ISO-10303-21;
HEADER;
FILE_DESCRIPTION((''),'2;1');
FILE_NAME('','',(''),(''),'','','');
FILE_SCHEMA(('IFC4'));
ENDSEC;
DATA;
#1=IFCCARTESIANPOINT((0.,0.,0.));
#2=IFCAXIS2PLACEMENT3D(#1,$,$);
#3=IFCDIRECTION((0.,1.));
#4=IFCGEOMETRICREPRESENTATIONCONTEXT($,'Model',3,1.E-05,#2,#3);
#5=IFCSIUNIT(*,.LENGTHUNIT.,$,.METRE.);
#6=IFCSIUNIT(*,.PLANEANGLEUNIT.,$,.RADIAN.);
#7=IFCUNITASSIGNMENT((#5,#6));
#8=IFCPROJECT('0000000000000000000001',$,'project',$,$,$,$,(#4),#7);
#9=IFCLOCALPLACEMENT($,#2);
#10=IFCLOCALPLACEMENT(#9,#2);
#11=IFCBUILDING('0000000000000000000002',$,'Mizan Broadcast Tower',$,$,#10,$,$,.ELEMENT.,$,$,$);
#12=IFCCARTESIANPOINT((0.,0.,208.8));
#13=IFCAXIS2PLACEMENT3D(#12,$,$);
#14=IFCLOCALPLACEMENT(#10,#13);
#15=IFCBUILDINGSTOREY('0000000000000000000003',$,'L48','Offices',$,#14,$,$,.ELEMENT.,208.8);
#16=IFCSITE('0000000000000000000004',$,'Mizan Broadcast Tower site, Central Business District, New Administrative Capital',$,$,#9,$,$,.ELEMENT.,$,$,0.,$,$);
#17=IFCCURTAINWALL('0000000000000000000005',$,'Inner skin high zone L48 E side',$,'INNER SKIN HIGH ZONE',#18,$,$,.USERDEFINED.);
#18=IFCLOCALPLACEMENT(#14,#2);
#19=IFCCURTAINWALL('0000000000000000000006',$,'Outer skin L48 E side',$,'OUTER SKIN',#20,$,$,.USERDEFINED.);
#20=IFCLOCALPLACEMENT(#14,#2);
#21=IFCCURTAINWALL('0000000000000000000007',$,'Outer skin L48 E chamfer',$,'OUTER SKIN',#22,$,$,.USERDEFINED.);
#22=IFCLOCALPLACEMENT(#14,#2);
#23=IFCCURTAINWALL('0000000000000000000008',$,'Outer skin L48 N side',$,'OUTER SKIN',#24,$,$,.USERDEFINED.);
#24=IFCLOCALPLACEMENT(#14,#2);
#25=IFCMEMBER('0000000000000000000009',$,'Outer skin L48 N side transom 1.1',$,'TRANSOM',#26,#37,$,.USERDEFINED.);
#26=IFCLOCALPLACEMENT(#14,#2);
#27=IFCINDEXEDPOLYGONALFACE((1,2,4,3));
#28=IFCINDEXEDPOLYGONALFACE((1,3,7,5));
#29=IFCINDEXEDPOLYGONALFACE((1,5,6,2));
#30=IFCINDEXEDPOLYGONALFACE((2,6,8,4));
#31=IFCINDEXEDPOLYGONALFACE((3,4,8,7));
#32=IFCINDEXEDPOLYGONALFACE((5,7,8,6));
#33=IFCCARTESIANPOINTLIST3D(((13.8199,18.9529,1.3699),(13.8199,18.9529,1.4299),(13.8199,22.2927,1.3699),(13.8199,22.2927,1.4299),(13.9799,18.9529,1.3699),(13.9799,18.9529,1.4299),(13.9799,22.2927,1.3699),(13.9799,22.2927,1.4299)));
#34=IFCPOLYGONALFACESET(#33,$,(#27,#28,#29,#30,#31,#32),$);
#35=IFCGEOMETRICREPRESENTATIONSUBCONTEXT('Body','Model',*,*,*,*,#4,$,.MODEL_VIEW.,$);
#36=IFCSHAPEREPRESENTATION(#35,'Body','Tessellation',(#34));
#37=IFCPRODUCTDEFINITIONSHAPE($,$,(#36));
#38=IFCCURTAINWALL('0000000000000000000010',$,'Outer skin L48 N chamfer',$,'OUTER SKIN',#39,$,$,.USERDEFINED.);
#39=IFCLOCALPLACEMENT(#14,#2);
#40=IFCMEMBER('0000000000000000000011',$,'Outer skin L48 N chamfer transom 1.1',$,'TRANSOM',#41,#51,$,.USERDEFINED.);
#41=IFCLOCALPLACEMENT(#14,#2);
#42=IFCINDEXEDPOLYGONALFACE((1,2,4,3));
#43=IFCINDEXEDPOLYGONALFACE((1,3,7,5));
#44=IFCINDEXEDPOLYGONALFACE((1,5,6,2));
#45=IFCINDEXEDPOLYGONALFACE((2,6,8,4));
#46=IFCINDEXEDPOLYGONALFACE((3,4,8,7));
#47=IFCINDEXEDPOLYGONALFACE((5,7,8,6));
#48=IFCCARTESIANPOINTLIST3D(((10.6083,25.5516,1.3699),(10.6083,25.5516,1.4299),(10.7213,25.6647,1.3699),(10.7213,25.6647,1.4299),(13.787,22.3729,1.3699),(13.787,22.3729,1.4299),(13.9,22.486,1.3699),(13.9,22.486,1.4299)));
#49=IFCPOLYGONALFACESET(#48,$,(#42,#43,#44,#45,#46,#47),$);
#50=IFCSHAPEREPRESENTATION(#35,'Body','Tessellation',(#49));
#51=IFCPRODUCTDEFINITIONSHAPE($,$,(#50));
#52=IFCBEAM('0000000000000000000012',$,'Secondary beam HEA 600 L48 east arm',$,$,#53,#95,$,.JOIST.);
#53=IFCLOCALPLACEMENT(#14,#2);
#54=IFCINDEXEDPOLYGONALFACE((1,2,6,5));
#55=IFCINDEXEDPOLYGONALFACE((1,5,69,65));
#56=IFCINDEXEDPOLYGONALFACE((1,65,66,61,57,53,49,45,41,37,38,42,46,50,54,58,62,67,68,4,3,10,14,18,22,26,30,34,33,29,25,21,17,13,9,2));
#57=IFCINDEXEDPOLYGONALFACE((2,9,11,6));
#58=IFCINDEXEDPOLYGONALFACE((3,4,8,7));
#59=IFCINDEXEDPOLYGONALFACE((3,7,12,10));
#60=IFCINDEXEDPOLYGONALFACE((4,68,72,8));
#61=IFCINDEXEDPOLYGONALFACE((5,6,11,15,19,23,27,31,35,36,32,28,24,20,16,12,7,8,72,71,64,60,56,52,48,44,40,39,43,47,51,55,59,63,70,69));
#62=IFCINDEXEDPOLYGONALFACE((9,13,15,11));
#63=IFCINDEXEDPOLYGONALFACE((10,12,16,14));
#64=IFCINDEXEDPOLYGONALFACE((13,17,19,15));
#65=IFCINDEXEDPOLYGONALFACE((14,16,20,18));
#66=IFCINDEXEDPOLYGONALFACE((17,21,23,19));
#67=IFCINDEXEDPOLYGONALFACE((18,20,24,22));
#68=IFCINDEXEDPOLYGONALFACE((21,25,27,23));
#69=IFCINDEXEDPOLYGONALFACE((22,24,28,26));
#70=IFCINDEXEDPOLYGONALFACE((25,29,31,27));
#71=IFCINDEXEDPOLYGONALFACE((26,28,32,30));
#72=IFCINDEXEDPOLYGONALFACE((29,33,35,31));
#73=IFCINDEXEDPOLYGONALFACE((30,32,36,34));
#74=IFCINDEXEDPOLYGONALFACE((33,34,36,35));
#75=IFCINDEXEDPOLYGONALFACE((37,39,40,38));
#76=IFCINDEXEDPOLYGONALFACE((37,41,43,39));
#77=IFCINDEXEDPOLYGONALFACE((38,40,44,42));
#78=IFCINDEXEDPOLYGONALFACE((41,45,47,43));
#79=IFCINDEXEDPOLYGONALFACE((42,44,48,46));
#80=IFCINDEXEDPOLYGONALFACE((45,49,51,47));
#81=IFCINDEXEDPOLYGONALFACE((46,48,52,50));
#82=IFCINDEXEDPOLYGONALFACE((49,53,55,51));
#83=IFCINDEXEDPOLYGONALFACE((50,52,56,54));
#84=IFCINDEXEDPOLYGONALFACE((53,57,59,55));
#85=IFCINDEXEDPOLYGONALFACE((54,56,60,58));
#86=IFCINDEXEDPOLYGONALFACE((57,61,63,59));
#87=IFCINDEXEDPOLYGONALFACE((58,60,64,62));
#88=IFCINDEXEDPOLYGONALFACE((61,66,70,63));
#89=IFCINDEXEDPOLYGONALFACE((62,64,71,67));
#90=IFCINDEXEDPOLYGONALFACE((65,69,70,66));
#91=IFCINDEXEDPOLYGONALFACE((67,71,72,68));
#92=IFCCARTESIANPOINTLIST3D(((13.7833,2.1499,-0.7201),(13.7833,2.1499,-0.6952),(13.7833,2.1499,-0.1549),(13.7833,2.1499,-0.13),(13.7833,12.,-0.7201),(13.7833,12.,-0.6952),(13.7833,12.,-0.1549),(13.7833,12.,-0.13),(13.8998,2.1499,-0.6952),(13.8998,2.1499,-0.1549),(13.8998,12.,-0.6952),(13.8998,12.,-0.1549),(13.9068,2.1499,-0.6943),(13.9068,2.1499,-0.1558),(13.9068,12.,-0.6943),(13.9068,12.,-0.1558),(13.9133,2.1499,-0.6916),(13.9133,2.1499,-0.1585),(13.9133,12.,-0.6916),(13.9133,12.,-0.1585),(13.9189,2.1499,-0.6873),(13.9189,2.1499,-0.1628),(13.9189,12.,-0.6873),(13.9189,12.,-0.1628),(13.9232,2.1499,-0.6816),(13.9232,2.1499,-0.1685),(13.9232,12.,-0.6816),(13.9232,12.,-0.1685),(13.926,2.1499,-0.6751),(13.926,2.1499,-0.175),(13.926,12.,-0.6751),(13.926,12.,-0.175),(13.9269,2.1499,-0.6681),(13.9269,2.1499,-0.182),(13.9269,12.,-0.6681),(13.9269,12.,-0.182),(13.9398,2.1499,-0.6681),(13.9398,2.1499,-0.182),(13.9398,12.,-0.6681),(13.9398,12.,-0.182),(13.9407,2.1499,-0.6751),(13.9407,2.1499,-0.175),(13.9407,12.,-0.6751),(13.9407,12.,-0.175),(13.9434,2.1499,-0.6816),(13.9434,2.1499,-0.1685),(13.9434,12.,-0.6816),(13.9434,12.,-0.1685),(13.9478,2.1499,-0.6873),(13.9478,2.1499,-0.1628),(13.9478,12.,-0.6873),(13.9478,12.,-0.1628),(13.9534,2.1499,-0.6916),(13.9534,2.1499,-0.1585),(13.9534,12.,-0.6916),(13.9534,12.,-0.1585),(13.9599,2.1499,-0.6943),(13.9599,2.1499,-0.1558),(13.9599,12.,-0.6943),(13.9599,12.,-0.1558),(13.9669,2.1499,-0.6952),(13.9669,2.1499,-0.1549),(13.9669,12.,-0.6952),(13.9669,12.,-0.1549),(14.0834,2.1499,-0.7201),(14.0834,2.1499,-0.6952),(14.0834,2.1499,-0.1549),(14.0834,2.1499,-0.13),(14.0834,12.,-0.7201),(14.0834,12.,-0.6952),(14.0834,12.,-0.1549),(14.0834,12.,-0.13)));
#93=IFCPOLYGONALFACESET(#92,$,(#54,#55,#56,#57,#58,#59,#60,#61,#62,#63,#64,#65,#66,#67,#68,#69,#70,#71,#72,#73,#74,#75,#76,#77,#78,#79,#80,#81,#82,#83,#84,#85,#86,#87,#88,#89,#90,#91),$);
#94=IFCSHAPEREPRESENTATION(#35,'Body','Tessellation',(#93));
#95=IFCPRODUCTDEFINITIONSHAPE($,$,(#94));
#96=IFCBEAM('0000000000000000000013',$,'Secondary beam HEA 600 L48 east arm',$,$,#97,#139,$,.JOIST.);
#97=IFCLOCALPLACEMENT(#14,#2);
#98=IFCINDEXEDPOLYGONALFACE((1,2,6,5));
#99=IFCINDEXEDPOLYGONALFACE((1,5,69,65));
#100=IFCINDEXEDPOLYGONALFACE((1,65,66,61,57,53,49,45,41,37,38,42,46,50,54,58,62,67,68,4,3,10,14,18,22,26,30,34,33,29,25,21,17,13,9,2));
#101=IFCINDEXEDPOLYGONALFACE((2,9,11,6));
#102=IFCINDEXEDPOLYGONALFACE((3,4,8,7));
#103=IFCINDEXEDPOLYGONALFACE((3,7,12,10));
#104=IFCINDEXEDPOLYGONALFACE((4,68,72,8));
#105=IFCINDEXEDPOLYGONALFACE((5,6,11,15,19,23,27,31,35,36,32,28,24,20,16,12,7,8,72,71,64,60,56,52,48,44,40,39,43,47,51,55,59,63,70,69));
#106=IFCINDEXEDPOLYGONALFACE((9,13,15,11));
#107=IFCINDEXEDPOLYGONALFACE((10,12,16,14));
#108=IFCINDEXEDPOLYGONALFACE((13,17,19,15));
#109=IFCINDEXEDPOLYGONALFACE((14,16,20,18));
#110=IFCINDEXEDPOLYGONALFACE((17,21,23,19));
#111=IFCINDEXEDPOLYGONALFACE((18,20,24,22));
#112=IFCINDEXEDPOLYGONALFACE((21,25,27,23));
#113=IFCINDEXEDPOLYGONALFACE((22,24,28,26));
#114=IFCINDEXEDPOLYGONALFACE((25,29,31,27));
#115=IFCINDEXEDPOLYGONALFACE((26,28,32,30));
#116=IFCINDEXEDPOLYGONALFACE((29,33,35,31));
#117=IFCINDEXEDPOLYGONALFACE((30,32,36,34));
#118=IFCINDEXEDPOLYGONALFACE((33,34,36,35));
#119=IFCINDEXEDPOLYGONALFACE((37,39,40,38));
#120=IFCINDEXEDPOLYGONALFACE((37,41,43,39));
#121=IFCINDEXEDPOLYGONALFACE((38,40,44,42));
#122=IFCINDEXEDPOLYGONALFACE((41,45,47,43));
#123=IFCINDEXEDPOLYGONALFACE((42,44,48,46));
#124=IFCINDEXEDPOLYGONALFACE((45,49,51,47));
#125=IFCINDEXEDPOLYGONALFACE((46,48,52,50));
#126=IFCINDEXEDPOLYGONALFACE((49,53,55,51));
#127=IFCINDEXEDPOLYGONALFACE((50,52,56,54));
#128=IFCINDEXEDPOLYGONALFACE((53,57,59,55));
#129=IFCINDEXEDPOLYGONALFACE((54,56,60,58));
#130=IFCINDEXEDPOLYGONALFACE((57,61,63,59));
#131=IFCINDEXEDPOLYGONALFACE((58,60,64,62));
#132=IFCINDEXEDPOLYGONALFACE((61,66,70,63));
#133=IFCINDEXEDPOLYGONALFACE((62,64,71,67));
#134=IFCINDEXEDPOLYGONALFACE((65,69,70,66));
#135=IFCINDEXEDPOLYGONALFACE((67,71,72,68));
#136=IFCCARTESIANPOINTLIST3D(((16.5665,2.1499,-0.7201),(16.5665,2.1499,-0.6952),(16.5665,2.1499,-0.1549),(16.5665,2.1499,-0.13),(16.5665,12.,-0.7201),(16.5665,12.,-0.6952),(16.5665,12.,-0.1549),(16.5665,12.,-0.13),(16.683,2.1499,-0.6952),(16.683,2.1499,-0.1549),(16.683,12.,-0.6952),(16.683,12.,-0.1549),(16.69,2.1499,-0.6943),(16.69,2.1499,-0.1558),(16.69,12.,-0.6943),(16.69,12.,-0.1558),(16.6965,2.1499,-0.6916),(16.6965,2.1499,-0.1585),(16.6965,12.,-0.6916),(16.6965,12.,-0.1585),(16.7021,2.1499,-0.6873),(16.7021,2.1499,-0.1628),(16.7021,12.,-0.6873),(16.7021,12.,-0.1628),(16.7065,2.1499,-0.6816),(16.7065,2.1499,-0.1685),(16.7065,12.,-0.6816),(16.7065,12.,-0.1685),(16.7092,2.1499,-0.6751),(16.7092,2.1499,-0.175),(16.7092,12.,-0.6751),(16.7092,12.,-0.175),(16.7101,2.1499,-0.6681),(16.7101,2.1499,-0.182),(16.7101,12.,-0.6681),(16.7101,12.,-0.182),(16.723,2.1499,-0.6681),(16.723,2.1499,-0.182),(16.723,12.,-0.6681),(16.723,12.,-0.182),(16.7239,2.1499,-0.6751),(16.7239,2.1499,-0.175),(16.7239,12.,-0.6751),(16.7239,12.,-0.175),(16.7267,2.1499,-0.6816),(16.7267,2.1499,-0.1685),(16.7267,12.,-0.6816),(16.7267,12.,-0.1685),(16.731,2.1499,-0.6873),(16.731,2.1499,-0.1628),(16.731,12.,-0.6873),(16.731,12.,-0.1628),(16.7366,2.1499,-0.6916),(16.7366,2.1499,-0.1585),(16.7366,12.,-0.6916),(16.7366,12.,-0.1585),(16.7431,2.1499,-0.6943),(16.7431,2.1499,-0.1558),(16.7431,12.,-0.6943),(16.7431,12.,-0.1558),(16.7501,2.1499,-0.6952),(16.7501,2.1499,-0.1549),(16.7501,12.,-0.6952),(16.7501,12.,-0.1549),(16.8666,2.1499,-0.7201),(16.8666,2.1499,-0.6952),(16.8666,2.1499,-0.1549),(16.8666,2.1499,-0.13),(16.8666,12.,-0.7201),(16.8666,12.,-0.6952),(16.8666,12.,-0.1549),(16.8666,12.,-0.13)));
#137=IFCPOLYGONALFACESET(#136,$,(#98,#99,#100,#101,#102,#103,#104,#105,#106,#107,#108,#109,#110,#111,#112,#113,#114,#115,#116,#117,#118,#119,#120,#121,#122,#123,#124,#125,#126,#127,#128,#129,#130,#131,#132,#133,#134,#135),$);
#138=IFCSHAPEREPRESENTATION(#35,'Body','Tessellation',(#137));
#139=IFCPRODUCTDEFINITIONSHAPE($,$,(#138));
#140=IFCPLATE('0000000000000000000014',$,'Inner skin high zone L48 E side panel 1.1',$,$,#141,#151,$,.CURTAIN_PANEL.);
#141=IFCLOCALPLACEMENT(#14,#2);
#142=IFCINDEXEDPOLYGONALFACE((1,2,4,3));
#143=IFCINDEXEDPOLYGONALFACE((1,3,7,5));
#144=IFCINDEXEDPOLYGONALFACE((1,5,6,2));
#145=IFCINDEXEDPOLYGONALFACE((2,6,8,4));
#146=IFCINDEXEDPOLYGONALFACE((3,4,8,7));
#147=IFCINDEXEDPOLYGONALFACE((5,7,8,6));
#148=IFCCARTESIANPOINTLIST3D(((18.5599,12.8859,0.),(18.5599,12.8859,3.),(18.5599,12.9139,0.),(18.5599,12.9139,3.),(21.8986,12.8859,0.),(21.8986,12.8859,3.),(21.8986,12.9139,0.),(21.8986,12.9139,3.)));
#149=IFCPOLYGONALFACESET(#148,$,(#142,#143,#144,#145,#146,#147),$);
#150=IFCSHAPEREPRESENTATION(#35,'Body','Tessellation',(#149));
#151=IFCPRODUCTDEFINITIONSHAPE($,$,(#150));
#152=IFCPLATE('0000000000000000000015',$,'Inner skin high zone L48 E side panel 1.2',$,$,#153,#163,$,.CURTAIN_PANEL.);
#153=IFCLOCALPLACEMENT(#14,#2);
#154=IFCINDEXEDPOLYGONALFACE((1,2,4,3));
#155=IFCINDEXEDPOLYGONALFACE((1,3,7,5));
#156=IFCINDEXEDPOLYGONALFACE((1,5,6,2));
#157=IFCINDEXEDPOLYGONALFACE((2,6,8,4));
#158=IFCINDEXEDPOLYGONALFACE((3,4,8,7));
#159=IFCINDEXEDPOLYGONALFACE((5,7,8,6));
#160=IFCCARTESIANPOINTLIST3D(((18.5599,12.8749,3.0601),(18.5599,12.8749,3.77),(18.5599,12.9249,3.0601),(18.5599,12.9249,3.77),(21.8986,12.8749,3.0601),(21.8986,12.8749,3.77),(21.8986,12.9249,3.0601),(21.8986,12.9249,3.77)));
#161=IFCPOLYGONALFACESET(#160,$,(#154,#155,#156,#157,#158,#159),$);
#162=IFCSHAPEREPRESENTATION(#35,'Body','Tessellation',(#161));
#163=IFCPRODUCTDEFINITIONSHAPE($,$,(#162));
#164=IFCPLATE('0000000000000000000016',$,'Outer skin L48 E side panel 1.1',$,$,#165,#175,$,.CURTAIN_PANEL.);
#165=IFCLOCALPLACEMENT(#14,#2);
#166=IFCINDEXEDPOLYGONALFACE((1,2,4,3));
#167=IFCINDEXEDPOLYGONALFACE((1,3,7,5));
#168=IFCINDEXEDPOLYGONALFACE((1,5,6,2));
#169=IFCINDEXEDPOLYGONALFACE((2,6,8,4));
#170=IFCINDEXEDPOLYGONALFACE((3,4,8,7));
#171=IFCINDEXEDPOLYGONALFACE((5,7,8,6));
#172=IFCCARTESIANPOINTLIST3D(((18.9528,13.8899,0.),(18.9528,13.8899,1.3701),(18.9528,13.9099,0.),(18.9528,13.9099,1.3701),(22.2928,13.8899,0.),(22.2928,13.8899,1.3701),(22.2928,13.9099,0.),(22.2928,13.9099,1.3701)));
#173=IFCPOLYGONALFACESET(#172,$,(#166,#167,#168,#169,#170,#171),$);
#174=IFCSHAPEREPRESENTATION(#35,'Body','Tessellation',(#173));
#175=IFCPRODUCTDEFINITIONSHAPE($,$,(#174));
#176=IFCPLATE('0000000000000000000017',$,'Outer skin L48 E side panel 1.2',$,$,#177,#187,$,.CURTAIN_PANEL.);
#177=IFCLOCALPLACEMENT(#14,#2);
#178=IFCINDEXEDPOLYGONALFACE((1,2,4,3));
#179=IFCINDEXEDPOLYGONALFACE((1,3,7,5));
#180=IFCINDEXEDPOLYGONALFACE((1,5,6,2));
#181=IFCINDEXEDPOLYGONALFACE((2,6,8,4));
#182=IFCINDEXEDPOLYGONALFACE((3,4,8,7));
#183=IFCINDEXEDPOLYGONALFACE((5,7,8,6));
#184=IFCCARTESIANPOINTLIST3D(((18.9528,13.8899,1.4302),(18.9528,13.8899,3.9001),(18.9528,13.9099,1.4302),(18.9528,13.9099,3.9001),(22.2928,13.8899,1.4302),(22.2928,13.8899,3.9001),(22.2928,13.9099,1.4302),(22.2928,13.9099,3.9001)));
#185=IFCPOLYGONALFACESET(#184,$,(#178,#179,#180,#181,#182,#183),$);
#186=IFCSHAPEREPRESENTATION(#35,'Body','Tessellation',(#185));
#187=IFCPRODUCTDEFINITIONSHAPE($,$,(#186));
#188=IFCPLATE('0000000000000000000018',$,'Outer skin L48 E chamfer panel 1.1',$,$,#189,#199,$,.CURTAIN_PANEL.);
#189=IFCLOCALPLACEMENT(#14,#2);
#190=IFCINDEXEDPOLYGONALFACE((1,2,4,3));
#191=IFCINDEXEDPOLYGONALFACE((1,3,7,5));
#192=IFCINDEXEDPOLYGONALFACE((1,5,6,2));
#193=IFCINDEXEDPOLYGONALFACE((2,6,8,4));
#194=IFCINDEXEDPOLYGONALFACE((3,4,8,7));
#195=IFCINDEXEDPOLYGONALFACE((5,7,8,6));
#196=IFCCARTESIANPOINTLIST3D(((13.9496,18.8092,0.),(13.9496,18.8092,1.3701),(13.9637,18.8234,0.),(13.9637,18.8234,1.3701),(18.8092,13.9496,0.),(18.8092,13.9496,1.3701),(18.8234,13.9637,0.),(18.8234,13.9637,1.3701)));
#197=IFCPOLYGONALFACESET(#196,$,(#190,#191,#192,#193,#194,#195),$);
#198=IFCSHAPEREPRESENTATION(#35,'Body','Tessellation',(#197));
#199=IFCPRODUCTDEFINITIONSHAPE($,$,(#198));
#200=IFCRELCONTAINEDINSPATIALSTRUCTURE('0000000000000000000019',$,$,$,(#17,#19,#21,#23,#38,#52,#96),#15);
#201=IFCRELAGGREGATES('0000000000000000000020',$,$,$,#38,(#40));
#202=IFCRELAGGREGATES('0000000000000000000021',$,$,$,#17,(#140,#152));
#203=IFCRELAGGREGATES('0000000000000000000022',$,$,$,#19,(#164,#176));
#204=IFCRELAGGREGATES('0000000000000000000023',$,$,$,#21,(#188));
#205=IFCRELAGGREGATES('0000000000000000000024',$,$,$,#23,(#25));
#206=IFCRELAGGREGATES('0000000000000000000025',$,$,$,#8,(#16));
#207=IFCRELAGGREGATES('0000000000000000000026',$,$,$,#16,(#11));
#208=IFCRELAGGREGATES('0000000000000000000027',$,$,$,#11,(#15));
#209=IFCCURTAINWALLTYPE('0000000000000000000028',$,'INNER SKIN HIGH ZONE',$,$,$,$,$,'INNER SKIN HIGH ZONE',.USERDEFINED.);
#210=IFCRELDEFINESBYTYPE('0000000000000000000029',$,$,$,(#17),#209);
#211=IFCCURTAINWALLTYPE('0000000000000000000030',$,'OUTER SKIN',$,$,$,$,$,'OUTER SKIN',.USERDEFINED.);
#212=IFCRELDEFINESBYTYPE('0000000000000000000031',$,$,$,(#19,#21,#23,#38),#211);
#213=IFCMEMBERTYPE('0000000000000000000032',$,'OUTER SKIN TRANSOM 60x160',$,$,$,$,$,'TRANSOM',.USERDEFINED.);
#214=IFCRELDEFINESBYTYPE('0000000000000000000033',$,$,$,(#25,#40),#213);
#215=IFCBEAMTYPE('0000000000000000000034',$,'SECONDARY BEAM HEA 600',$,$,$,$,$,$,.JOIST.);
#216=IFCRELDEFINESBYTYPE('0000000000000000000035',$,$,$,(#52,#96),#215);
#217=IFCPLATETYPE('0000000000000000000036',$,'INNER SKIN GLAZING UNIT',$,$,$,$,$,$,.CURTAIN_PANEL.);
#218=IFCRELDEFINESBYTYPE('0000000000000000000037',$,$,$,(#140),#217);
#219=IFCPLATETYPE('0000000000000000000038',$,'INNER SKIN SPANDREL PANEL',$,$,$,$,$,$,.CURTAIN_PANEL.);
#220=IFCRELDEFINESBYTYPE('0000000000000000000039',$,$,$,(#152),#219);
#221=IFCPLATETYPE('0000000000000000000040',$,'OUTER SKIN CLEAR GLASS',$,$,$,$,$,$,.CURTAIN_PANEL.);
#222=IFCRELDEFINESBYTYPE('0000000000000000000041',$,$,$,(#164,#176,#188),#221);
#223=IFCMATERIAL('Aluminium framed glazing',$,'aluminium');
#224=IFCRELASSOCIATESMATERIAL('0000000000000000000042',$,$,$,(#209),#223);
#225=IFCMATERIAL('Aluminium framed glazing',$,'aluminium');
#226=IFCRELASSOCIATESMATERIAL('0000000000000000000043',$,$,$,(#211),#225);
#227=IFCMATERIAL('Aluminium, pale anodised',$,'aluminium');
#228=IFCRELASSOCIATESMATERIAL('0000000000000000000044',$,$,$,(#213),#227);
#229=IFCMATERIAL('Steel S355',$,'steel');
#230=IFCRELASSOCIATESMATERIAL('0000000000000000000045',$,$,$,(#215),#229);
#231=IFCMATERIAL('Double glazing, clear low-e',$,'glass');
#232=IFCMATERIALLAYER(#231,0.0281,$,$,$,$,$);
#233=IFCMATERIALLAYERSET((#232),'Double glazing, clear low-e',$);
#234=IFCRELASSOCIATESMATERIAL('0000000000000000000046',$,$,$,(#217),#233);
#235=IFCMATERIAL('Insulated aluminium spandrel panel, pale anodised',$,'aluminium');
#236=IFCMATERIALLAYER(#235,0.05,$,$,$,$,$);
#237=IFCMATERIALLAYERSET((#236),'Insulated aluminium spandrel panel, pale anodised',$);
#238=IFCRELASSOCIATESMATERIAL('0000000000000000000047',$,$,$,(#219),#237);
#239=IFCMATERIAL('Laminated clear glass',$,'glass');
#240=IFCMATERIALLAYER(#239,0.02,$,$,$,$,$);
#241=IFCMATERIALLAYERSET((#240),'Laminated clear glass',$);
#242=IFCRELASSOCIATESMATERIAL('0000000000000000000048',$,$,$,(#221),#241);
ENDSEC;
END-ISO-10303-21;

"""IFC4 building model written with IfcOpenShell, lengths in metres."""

from ifc_helpers import new_model, si_unit, direction, frame, origin, origin_2d, place, context, subcontext, project, spatial, rectangle, i_section, extrude, material, layer, layer_set, material_profile, profile_set, type_object, element, aggregate, save


model = new_model("IFC4")

# Units and contexts
model_context = context("Model", 3, precision=1e-05, world=origin(), true_north=direction((0.0, 1.0)))
body_context = subcontext(model_context, "Body", "Model", "MODEL_VIEW")
ifc_project = project(units=[si_unit("LENGTHUNIT", "METRE"), si_unit("PLANEANGLEUNIT", "RADIAN")], contexts=[model_context])

# Site, building, storey
site_placement = place(None, origin())
site = spatial("IfcSite", under=ifc_project, at=site_placement, Name="Mizan Broadcast Tower site, Central Business District, New Administrative Capital", CompositionType="ELEMENT", RefElevation=0.0)
building_placement = place(site_placement, origin())
building = spatial("IfcBuilding", under=site, at=building_placement, Name="Mizan Broadcast Tower", CompositionType="ELEMENT")
storey_placement = place(building_placement, frame((0.0, 0.0, 208.8)))
storey = spatial("IfcBuildingStorey", under=building, at=storey_placement, Name="L48", Description="Offices", CompositionType="ELEMENT", Elevation=208.8)

# Shared definitions
ifc_material_1 = material(Name="Aluminium framed glazing", Category="aluminium")
curtain_wall_type_1 = type_object("IfcCurtainWallType", Name="INNER SKIN HIGH ZONE", ElementType="INNER SKIN HIGH ZONE", PredefinedType="USERDEFINED", material=ifc_material_1)

# Curtain wall
curtain_wall_1_placement = place(storey_placement, origin())
curtain_wall_1 = element("IfcCurtainWall", 1, at=curtain_wall_1_placement, inside=storey, type_object=curtain_wall_type_1, Name="Inner skin high zone L48 E side", ObjectType="INNER SKIN HIGH ZONE", PredefinedType="USERDEFINED")

# Curtain walls
ifc_material_2 = material(Name="Aluminium framed glazing", Category="aluminium")
curtain_wall_type_2 = type_object("IfcCurtainWallType", Name="OUTER SKIN", ElementType="OUTER SKIN", PredefinedType="USERDEFINED", material=ifc_material_2)
curtain_wall_2_placement = place(storey_placement, origin())
curtain_wall_2 = element("IfcCurtainWall", 2, at=curtain_wall_2_placement, inside=storey, type_object=curtain_wall_type_2, Name="Outer skin L48 E side", ObjectType="OUTER SKIN", PredefinedType="USERDEFINED")
curtain_wall_3_placement = place(storey_placement, origin())
curtain_wall_3 = element("IfcCurtainWall", 3, at=curtain_wall_3_placement, inside=storey, type_object=curtain_wall_type_2, Name="Outer skin L48 E chamfer", ObjectType="OUTER SKIN", PredefinedType="USERDEFINED")
curtain_wall_4_placement = place(storey_placement, origin())
curtain_wall_4 = element("IfcCurtainWall", 4, at=curtain_wall_4_placement, inside=storey, type_object=curtain_wall_type_2, Name="Outer skin L48 N side", ObjectType="OUTER SKIN", PredefinedType="USERDEFINED")

# Member
ifc_material_3 = material(Name="Aluminium, pale anodised", Category="aluminium")
ifc_material_profile_1 = material_profile(ifc_material_3, rectangle(XDim=0.1599, YDim=0.0601, at=origin_2d()), Name="TRANSOM 160x60")
ifc_profile_set_1 = profile_set([ifc_material_profile_1], Name="Aluminium, pale anodised")
member_type_1 = type_object("IfcMemberType", Name="OUTER SKIN TRANSOM 60x160", ElementType="TRANSOM", PredefinedType="USERDEFINED", material=ifc_profile_set_1)
member_1_placement = place(storey_placement, frame((13.8999, 18.9529, 1.3999), z_axis=(0.0, 1.0, 0.0), x_axis=(-1.0, 0.0, 0.0)))
member_1 = element("IfcMember", 5, at=member_1_placement, type_object=member_type_1, Name="Outer skin L48 N side transom 1.1", ObjectType="TRANSOM", PredefinedType="USERDEFINED", context=body_context, shape_type="SweptSolid", body=[
    extrude(rectangle(XDim=0.1599, YDim=0.0601, at=origin_2d()), origin(), (0.0, 0.0, 1.0), 3.3398),
])

# Curtain wall, member
curtain_wall_5_placement = place(storey_placement, origin())
curtain_wall_5 = element("IfcCurtainWall", 6, at=curtain_wall_5_placement, inside=storey, type_object=curtain_wall_type_2, Name="Outer skin L48 N chamfer", ObjectType="OUTER SKIN", PredefinedType="USERDEFINED")
member_2_placement = place(storey_placement, frame((13.8435, 22.4294, 1.3999), z_axis=(-0.707107, 0.707107, 0.0), x_axis=(-0.707107, -0.707107, 0.0)))
member_2 = element("IfcMember", 7, at=member_2_placement, type_object=member_type_1, Name="Outer skin L48 N chamfer transom 1.1", ObjectType="TRANSOM", PredefinedType="USERDEFINED", context=body_context, shape_type="SweptSolid", body=[
    extrude(rectangle(XDim=0.1599, YDim=0.0601, at=origin_2d()), origin(), (0.0, 0.0, 1.0), 4.4954),
])
aggregate(curtain_wall_5, [member_2])

# Beams
ifc_material_4 = material(Name="Steel S355", Category="steel")
ifc_material_profile_2 = material_profile(ifc_material_4, i_section(OverallWidth=0.3, OverallDepth=0.5901, WebThickness=0.0129, FlangeThickness=0.0249, FilletRadius=0.0271, at=origin_2d()), Name="HEA 600")
ifc_profile_set_2 = profile_set([ifc_material_profile_2], Name="Steel S355")
beam_type_1 = type_object("IfcBeamType", Name="SECONDARY BEAM HEA 600", PredefinedType="JOIST", material=ifc_profile_set_2)
for number, where, z_axis, x_axis, name in (
    (8, (13.9333, 12.0, -0.425), (0.0, -1.0, 0.0), (1.0, 0.0, 0.0), "Secondary beam HEA 600 L48 east arm"),
    (9, (16.7166, 12.0, -0.425), (0.0, -1.0, 0.0), (1.0, 0.0, 0.0), "Secondary beam HEA 600 L48 east arm"),
):
    element("IfcBeam", number, at=place(storey_placement, frame(where, z_axis=z_axis, x_axis=x_axis)), inside=storey, type_object=beam_type_1, Name=name, PredefinedType="JOIST", context=body_context, shape_type="SweptSolid", body=[
        extrude(i_section(OverallWidth=0.3, OverallDepth=0.5901, WebThickness=0.0129, FlangeThickness=0.0249, FilletRadius=0.0271, at=origin_2d()), origin(), (0.0, 0.0, 1.0), 9.8501),
    ])

# Plates
ifc_material_5 = material(Name="Double glazing, clear low-e", Category="glass")
ifc_layer_1 = layer(ifc_material_5, 0.0281)
ifc_layer_set_1 = layer_set([ifc_layer_1], Name="Double glazing, clear low-e")
plate_type_1 = type_object("IfcPlateType", Name="INNER SKIN GLAZING UNIT", PredefinedType="CURTAIN_PANEL", material=ifc_layer_set_1)
plate_1_placement = place(storey_placement, frame((20.2292, 12.8999, 0.0), z_axis=(0.0, 0.0, 1.0), x_axis=(-1.0, 0.0, 0.0)))
plate_1 = element("IfcPlate", 10, at=plate_1_placement, type_object=plate_type_1, Name="Inner skin high zone L48 E side panel 1.1", PredefinedType="CURTAIN_PANEL", context=body_context, shape_type="SweptSolid", body=[
    extrude(rectangle(XDim=3.3386, YDim=0.0281, at=origin_2d()), origin(), (0.0, 0.0, 1.0), 3.0),
])
ifc_material_6 = material(Name="Insulated aluminium spandrel panel, pale anodised", Category="aluminium")
ifc_layer_2 = layer(ifc_material_6, 0.05)
ifc_layer_set_2 = layer_set([ifc_layer_2], Name="Insulated aluminium spandrel panel, pale anodised")
plate_type_2 = type_object("IfcPlateType", Name="INNER SKIN SPANDREL PANEL", PredefinedType="CURTAIN_PANEL", material=ifc_layer_set_2)
plate_2_placement = place(storey_placement, frame((20.2292, 12.8999, 3.0601), z_axis=(0.0, 0.0, 1.0), x_axis=(-1.0, 0.0, 0.0)))
plate_2 = element("IfcPlate", 11, at=plate_2_placement, type_object=plate_type_2, Name="Inner skin high zone L48 E side panel 1.2", PredefinedType="CURTAIN_PANEL", context=body_context, shape_type="SweptSolid", body=[
    extrude(rectangle(XDim=3.3386, YDim=0.05, at=origin_2d()), origin(), (0.0, 0.0, 1.0), 0.71),
])
aggregate(curtain_wall_1, [plate_1, plate_2])
ifc_material_7 = material(Name="Laminated clear glass", Category="glass")
ifc_layer_3 = layer(ifc_material_7, 0.02)
ifc_layer_set_3 = layer_set([ifc_layer_3], Name="Laminated clear glass")
plate_type_3 = type_object("IfcPlateType", Name="OUTER SKIN CLEAR GLASS", PredefinedType="CURTAIN_PANEL", material=ifc_layer_set_3)
plate_3_placement = place(storey_placement, frame((20.6228, 13.8999, 0.0), z_axis=(0.0, 0.0, 1.0), x_axis=(-1.0, 0.0, 0.0)))
plate_3 = element("IfcPlate", 12, at=plate_3_placement, type_object=plate_type_3, Name="Outer skin L48 E side panel 1.1", PredefinedType="CURTAIN_PANEL", context=body_context, shape_type="SweptSolid", body=[
    extrude(rectangle(XDim=3.3401, YDim=0.02, at=origin_2d()), origin(), (0.0, 0.0, 1.0), 1.3701),
])
plate_4_placement = place(storey_placement, frame((20.6228, 13.8999, 1.4302), z_axis=(0.0, 0.0, 1.0), x_axis=(-1.0, 0.0, 0.0)))
plate_4 = element("IfcPlate", 13, at=plate_4_placement, type_object=plate_type_3, Name="Outer skin L48 E side panel 1.2", PredefinedType="CURTAIN_PANEL", context=body_context, shape_type="SweptSolid", body=[
    extrude(rectangle(XDim=3.3401, YDim=0.02, at=origin_2d()), origin(), (0.0, 0.0, 1.0), 2.47),
])
aggregate(curtain_wall_2, [plate_3, plate_4])
plate_5_placement = place(storey_placement, frame((16.3865, 16.3865, 0.0), z_axis=(0.0, 0.0, 1.0), x_axis=(-0.707107, 0.707107, 0.0)))
plate_5 = element("IfcPlate", 14, at=plate_5_placement, type_object=plate_type_3, Name="Outer skin L48 E chamfer panel 1.1", PredefinedType="CURTAIN_PANEL", context=body_context, shape_type="SweptSolid", body=[
    extrude(rectangle(XDim=6.8726, YDim=0.02, at=origin_2d()), origin(), (0.0, 0.0, 1.0), 1.3701),
])
aggregate(curtain_wall_3, [plate_5])
aggregate(curtain_wall_4, [member_1])

save(model, "model.ifc")
